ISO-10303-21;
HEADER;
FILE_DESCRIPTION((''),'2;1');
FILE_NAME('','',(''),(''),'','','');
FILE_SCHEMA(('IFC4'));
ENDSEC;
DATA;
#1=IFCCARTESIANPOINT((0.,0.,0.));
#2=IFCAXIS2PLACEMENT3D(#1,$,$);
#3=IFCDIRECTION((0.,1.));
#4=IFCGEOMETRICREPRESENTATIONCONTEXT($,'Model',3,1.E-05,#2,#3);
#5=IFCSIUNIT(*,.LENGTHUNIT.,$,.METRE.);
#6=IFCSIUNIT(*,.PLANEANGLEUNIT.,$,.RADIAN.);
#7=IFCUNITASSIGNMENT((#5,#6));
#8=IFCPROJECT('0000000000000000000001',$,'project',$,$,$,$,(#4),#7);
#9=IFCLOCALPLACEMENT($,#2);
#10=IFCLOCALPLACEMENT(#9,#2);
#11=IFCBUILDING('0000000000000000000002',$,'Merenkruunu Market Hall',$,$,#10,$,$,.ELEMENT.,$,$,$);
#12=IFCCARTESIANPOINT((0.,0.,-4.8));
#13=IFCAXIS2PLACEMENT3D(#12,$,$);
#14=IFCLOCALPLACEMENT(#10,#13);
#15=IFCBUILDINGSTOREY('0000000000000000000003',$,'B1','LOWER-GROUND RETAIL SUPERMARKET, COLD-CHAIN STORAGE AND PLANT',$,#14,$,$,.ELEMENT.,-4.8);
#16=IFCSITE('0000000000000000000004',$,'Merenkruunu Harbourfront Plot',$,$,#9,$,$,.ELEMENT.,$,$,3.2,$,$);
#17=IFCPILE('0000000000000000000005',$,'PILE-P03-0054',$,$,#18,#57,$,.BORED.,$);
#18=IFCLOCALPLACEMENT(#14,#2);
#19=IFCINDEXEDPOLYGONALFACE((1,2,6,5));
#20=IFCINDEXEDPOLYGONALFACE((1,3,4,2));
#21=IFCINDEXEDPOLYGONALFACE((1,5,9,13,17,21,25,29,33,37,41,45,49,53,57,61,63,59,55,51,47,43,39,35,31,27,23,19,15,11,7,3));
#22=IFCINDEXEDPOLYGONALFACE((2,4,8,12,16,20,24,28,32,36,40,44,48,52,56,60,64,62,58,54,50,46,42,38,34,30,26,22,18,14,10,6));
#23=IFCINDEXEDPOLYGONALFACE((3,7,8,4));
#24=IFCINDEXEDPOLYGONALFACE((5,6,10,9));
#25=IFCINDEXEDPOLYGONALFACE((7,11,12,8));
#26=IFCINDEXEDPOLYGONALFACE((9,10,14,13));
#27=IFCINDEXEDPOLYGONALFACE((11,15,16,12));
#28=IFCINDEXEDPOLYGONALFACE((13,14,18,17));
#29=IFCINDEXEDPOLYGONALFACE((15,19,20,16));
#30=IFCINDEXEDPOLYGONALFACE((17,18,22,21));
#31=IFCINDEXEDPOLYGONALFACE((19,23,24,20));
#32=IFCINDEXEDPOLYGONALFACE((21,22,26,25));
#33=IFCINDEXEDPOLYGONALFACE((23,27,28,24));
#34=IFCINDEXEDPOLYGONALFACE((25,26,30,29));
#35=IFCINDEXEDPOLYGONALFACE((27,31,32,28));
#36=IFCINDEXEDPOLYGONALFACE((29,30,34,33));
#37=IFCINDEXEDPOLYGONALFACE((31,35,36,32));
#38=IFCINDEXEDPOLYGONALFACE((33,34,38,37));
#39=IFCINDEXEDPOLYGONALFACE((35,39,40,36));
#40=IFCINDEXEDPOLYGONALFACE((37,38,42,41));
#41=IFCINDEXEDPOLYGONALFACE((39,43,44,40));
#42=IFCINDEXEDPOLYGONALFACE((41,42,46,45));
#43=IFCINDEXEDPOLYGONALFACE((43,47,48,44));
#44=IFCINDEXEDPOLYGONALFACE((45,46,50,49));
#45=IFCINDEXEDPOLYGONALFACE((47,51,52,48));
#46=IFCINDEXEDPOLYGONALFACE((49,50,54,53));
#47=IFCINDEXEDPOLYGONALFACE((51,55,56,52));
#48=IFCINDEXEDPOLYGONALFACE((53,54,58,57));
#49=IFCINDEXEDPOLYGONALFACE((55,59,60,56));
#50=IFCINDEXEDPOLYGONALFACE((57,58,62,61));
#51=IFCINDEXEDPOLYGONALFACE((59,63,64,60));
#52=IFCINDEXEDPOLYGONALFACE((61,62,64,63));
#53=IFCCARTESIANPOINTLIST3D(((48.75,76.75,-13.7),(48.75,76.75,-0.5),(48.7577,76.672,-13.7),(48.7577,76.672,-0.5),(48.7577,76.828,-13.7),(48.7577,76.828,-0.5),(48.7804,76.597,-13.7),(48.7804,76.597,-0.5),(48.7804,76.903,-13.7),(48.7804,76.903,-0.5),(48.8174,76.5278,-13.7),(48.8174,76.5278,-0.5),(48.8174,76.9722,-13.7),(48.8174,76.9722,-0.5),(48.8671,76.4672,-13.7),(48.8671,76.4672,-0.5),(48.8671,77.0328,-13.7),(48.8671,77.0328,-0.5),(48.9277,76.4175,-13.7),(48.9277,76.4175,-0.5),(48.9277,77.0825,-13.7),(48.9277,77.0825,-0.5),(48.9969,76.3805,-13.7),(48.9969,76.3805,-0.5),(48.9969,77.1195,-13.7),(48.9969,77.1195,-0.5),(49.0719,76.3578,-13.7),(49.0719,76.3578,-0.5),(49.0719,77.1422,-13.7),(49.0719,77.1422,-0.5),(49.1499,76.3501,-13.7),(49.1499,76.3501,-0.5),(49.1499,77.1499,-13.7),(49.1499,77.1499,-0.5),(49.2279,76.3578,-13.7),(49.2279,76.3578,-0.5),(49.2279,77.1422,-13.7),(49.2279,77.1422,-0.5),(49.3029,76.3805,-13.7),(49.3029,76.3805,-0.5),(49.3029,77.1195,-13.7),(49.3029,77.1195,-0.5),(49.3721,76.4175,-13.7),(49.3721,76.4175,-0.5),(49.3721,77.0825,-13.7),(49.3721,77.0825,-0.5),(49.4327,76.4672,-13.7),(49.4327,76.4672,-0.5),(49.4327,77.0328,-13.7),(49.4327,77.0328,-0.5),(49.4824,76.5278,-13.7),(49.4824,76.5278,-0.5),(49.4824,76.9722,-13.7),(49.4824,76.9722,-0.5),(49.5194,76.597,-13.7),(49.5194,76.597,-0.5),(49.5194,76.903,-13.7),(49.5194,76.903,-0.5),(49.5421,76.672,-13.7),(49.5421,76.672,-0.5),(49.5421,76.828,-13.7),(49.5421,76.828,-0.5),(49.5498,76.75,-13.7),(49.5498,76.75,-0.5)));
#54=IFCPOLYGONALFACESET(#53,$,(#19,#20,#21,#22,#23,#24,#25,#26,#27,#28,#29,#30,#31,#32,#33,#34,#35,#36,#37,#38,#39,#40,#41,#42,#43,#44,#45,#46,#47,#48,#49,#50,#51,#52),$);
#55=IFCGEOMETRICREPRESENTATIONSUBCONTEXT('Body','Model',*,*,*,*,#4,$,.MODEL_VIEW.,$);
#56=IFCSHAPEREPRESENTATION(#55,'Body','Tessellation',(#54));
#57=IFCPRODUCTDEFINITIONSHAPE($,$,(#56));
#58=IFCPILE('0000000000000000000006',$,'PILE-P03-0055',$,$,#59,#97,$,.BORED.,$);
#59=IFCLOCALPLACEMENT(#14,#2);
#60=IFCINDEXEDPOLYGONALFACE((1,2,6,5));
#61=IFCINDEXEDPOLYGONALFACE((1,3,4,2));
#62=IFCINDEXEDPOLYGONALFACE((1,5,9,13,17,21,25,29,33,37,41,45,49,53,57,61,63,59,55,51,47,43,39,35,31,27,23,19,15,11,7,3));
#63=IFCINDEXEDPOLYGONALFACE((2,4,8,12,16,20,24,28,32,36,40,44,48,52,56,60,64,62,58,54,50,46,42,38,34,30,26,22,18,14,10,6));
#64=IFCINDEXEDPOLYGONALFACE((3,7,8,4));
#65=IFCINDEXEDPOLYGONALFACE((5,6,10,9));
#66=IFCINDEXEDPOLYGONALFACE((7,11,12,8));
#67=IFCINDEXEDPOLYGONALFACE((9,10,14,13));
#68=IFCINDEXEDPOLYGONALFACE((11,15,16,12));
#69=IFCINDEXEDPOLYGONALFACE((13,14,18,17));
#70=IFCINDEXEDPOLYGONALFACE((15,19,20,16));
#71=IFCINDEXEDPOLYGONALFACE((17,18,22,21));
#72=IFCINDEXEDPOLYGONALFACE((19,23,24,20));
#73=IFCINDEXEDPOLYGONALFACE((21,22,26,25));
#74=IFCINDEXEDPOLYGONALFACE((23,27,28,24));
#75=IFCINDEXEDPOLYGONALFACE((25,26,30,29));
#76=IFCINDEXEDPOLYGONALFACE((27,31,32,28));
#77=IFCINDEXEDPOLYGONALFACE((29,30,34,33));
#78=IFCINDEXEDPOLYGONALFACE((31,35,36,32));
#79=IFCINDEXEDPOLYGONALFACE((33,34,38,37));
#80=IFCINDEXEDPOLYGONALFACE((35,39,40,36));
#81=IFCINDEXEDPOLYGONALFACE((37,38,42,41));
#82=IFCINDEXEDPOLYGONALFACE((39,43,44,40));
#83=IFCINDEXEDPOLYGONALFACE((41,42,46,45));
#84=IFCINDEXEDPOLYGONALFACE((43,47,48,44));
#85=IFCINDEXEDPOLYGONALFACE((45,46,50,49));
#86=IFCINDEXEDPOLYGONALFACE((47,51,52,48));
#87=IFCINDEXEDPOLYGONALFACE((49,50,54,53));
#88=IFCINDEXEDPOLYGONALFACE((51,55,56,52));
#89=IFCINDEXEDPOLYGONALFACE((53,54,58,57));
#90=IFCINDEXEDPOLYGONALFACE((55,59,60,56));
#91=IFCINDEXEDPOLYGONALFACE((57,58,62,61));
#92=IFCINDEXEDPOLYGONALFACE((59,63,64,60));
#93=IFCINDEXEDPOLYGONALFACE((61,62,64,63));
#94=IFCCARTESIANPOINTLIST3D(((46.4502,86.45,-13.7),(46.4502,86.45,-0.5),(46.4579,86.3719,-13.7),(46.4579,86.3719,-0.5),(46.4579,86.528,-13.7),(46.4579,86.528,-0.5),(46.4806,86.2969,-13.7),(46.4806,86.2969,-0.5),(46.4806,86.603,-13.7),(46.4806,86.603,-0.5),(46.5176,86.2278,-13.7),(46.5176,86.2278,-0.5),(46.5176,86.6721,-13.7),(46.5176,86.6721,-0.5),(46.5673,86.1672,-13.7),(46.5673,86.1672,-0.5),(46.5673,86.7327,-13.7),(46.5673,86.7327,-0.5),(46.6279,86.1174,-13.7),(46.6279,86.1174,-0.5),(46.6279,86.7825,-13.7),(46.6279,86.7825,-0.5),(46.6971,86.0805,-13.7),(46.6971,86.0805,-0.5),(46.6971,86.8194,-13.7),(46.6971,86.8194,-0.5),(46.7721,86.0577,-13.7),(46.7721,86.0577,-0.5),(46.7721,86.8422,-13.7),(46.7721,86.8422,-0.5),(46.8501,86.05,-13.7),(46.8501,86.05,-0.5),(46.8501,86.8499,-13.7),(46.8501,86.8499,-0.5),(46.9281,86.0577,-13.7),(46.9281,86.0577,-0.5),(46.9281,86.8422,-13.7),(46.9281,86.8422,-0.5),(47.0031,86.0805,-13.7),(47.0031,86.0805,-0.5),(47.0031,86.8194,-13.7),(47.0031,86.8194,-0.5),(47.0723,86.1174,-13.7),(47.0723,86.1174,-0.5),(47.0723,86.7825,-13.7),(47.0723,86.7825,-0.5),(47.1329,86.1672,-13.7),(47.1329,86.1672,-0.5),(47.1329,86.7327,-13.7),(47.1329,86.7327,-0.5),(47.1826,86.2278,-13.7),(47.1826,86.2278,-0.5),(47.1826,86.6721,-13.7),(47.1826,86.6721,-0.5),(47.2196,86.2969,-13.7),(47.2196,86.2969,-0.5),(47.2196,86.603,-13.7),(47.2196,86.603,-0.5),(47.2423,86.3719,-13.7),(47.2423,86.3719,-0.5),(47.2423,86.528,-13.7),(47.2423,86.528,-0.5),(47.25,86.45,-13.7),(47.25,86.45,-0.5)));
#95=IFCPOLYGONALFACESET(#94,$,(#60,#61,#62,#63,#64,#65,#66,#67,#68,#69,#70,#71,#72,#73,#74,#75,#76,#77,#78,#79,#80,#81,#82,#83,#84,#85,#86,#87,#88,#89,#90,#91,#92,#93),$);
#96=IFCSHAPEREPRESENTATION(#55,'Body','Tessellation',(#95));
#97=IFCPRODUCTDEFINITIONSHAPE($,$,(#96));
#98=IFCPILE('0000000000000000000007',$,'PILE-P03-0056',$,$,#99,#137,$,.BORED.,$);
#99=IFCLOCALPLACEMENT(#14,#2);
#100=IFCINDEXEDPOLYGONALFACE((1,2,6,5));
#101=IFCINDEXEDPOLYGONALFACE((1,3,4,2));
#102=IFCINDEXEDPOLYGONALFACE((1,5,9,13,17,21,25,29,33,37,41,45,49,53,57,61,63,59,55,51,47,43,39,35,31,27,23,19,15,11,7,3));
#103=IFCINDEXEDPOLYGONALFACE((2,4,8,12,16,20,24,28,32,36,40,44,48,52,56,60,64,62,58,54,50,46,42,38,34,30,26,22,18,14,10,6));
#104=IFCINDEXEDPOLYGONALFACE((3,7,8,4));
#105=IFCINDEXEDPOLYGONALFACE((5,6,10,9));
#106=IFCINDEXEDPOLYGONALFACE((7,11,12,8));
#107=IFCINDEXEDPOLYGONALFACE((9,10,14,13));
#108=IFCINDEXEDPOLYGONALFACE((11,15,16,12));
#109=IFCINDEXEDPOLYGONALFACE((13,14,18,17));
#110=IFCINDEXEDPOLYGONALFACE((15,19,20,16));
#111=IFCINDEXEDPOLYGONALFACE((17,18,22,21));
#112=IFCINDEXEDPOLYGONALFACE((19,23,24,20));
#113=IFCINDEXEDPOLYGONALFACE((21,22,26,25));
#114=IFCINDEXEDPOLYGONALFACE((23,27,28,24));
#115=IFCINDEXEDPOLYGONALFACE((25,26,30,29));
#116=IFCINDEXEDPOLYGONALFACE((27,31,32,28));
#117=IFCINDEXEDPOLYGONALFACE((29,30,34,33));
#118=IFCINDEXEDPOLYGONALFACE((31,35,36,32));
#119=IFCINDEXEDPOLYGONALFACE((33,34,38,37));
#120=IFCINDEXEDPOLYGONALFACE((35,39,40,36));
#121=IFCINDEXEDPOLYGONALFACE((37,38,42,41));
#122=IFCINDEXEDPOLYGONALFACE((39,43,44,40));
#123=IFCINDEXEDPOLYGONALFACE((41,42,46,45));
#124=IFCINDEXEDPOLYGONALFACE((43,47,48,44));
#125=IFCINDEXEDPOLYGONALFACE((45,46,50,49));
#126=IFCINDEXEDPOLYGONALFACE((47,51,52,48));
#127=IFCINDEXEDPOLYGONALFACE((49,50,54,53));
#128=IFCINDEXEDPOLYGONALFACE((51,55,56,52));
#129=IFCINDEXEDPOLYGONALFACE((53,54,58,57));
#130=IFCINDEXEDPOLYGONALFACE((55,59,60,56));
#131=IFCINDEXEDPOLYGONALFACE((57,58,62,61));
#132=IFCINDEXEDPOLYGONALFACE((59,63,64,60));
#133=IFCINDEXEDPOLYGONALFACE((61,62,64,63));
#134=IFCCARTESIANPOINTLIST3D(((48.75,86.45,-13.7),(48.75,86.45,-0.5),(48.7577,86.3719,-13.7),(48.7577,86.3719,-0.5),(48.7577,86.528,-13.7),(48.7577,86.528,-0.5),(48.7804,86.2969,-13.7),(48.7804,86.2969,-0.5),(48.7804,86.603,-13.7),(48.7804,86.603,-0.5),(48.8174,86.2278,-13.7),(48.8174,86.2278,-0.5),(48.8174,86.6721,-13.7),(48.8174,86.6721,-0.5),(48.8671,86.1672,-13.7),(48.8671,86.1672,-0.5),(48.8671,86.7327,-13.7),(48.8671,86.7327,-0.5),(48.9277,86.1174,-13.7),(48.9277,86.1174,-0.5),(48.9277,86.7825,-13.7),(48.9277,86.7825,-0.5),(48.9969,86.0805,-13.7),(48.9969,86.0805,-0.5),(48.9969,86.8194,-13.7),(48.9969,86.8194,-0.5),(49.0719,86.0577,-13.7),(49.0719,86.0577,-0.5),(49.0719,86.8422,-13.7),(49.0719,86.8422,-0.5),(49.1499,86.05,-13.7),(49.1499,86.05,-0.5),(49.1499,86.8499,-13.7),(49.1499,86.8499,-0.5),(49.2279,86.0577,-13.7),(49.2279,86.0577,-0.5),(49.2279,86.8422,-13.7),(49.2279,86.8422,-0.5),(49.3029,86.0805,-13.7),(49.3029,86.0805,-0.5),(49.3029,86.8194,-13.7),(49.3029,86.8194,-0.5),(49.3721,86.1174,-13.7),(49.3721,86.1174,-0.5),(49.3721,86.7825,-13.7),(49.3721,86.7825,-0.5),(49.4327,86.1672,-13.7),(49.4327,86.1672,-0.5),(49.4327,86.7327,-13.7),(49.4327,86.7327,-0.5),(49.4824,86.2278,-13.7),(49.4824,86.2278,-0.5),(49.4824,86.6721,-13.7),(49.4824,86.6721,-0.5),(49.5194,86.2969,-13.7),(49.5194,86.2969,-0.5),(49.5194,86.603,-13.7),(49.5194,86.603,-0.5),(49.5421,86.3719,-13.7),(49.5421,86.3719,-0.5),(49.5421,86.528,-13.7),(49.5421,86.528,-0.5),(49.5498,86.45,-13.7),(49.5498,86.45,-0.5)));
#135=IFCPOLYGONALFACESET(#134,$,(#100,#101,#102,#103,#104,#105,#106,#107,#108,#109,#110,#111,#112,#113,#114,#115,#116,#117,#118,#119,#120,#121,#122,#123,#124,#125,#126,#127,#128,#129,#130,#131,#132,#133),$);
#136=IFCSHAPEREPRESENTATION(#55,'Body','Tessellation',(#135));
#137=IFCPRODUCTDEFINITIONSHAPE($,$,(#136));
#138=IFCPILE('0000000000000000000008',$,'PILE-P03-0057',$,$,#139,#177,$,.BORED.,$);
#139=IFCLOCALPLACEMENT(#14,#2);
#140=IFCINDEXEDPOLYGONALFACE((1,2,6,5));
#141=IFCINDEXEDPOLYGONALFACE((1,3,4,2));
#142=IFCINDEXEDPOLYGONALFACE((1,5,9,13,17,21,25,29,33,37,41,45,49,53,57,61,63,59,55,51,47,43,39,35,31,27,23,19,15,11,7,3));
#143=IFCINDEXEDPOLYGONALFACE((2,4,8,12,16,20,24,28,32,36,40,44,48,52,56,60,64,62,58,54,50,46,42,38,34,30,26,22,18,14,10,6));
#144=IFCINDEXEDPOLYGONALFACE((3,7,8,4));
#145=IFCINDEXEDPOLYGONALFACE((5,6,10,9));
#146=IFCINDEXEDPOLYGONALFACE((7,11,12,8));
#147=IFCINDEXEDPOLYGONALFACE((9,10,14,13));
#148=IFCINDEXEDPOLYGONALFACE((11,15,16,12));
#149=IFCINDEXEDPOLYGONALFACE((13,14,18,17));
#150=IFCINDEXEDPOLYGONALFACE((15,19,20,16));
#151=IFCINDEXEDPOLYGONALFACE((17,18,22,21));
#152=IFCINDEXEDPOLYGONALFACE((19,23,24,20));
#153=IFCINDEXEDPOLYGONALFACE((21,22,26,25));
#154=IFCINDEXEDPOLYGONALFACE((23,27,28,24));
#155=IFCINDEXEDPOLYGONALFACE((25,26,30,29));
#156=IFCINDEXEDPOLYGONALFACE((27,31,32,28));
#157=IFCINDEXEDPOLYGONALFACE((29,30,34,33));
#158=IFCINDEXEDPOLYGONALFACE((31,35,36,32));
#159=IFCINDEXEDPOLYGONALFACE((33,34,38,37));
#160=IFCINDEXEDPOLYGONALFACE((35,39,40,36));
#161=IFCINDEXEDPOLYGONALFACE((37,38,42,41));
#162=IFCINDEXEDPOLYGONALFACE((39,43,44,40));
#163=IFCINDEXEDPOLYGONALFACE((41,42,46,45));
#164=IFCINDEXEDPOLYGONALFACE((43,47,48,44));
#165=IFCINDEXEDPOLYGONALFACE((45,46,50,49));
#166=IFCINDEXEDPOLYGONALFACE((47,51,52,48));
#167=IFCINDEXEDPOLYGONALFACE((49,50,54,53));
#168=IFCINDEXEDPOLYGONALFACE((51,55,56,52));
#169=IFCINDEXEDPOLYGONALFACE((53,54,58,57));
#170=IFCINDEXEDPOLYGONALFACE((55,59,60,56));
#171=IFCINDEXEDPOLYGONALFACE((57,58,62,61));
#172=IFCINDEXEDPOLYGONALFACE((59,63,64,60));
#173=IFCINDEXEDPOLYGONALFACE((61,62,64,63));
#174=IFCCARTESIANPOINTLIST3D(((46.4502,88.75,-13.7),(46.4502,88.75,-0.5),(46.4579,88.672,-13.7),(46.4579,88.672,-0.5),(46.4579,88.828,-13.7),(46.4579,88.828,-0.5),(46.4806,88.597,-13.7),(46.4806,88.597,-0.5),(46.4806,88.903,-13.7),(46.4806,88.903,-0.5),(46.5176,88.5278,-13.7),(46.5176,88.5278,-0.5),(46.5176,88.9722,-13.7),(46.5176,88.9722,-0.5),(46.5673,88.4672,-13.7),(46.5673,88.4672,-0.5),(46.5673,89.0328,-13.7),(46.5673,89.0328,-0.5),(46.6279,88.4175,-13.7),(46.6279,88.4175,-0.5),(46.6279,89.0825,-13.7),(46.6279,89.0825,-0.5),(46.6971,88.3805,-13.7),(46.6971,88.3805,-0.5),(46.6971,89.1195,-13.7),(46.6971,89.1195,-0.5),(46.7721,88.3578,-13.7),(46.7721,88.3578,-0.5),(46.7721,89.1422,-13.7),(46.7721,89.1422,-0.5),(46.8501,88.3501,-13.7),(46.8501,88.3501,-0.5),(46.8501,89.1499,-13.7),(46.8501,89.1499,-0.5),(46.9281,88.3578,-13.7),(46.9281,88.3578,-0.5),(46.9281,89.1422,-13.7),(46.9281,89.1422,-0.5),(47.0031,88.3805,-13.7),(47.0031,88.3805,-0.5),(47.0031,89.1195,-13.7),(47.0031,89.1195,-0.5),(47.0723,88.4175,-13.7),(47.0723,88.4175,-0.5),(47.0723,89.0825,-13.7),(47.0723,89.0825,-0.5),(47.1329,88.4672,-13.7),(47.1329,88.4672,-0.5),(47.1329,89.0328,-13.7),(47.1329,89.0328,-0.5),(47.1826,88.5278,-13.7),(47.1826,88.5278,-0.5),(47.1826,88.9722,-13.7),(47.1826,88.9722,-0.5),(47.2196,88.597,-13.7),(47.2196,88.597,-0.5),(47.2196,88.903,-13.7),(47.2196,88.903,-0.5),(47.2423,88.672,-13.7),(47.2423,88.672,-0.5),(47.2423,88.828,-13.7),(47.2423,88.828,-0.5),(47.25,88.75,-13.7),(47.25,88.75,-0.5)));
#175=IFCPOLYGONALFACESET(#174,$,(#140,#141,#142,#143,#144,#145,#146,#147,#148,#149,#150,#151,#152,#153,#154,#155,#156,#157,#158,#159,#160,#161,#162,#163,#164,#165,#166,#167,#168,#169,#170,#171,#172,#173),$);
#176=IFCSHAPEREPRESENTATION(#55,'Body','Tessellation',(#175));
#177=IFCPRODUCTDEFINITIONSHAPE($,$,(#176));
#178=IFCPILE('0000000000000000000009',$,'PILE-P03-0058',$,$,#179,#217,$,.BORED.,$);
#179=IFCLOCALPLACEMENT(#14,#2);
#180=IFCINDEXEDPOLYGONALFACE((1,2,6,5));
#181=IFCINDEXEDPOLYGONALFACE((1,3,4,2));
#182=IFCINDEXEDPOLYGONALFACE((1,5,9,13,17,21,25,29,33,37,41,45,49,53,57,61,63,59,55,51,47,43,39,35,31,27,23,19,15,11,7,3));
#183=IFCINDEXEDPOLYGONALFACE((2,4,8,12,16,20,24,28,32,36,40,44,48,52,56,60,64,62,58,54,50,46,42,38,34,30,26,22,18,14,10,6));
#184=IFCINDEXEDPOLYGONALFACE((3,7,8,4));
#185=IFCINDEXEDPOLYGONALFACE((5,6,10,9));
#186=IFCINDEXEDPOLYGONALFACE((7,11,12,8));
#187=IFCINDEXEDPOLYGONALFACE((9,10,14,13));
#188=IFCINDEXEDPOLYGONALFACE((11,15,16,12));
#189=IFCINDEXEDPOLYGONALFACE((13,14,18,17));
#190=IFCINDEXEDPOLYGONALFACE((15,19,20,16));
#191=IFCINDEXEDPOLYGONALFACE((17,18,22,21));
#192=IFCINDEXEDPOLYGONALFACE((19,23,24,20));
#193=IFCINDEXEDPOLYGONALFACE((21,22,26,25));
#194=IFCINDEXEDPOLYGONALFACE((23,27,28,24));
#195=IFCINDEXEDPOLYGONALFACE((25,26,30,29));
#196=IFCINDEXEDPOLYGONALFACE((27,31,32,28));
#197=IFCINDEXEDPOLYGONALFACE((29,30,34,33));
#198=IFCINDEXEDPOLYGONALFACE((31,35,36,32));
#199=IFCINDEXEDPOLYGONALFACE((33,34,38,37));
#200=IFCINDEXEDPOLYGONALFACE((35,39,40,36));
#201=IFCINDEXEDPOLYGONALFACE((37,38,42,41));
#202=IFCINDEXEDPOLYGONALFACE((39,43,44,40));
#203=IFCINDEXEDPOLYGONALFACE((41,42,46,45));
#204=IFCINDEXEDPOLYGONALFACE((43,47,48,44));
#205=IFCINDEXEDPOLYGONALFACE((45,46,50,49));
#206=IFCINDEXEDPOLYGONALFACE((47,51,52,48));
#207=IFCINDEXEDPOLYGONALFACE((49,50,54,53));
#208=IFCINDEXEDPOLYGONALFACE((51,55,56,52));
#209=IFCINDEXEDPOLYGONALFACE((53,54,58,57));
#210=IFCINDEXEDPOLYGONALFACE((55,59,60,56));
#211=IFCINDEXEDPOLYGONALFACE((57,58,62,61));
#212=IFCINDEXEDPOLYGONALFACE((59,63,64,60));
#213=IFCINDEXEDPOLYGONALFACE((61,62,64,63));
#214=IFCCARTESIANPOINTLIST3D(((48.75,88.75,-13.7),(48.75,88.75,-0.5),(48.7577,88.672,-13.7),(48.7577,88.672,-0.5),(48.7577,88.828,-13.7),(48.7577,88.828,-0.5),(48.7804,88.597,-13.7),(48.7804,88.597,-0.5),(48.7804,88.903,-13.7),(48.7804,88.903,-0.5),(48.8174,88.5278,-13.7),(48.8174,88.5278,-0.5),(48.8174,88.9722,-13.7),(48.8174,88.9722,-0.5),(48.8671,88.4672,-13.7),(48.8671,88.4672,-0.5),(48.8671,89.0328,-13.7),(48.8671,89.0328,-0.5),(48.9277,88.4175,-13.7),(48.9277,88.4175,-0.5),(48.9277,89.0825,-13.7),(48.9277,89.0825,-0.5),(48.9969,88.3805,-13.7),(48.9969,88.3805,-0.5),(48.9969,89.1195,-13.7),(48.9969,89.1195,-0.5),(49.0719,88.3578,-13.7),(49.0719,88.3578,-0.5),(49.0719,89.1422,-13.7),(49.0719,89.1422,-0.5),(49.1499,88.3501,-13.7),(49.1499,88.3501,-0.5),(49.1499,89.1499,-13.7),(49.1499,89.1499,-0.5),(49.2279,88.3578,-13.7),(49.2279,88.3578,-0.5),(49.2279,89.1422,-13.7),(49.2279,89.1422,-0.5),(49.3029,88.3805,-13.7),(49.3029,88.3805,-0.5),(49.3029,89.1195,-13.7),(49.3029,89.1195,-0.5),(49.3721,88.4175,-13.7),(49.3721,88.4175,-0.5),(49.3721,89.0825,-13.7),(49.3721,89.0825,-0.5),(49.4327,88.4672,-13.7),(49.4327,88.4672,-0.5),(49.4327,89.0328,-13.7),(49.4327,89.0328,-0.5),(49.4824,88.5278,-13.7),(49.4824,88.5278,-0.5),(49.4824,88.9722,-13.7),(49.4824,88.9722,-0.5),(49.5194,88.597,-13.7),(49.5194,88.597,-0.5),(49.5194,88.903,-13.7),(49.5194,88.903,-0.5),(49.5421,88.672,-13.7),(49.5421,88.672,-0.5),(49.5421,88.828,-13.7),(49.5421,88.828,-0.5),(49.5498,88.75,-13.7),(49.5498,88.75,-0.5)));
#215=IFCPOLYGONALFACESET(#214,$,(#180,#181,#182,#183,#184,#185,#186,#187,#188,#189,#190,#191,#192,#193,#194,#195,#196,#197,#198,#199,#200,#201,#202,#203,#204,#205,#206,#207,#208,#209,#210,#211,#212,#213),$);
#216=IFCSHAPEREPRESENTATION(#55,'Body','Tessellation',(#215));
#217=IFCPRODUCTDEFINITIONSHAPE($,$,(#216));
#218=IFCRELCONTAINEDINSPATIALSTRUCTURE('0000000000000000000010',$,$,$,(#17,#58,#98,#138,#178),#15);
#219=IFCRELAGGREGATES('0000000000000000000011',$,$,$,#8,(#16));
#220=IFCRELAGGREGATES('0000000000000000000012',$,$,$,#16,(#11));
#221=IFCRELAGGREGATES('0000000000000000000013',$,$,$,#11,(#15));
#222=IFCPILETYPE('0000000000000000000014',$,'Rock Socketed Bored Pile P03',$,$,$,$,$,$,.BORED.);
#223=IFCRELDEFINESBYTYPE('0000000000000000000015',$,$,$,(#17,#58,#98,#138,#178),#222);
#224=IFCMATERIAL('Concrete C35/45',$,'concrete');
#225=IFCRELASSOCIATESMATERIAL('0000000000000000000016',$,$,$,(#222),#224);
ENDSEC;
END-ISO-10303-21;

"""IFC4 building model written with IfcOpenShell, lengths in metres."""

from ifc_helpers import new_model, si_unit, direction, frame, origin, origin_2d, place, context, subcontext, project, spatial, circle, extrude, material, material_profile, profile_set, type_object, element, save


model = new_model("IFC4")

# Units and contexts
model_context = context("Model", 3, precision=1e-05, world=origin(), true_north=direction((0.0, 1.0)))
body_context = subcontext(model_context, "Body", "Model", "MODEL_VIEW")
ifc_project = project(units=[si_unit("LENGTHUNIT", "METRE"), si_unit("PLANEANGLEUNIT", "RADIAN")], contexts=[model_context])

# Site, building, storey
site_placement = place(None, origin())
site = spatial("IfcSite", under=ifc_project, at=site_placement, Name="Merenkruunu Harbourfront Plot", CompositionType="ELEMENT", RefElevation=3.2)
building_placement = place(site_placement, origin())
building = spatial("IfcBuilding", under=site, at=building_placement, Name="Merenkruunu Market Hall", CompositionType="ELEMENT")
storey_placement = place(building_placement, frame((0.0, 0.0, -4.8)))
storey = spatial("IfcBuildingStorey", under=building, at=storey_placement, Name="B1", Description="LOWER-GROUND RETAIL SUPERMARKET, COLD-CHAIN STORAGE AND PLANT", CompositionType="ELEMENT", Elevation=-4.8)

# Piles
ifc_material_1 = material(Name="Concrete C35/45", Category="concrete")
ifc_material_profile_1 = material_profile(ifc_material_1, circle(Radius=0.3999, at=origin_2d()), Name="BORED PILE 800")
ifc_profile_set_1 = profile_set([ifc_material_profile_1], Name="Concrete C35/45")
pile_type_1 = type_object("IfcPileType", Name="Rock Socketed Bored Pile P03", PredefinedType="BORED", material=ifc_profile_set_1)
for number, where, z_axis, x_axis, name in (
    (1, (49.1499, 76.75, -0.5), (0.0, 0.0, -1.0), (1.0, 0.0, 0.0), "PILE-P03-0054"),
    (2, (46.8501, 86.45, -0.5), (0.0, 0.0, -1.0), (1.0, 0.0, 0.0), "PILE-P03-0055"),
    (3, (49.1499, 86.45, -0.5), (0.0, 0.0, -1.0), (1.0, 0.0, 0.0), "PILE-P03-0056"),
    (4, (46.8501, 88.75, -0.5), (0.0, 0.0, -1.0), (1.0, 0.0, 0.0), "PILE-P03-0057"),
    (5, (49.1499, 88.75, -0.5), (0.0, 0.0, -1.0), (1.0, 0.0, 0.0), "PILE-P03-0058"),
):
    element("IfcPile", number, at=place(storey_placement, frame(where, z_axis=z_axis, x_axis=x_axis)), inside=storey, type_object=pile_type_1, Name=name, PredefinedType="BORED", context=body_context, shape_type="SweptSolid", body=[
        extrude(circle(Radius=0.3999, at=origin_2d()), origin(), (0.0, 0.0, 1.0), 13.2),
    ])

save(model, "model.ifc")
